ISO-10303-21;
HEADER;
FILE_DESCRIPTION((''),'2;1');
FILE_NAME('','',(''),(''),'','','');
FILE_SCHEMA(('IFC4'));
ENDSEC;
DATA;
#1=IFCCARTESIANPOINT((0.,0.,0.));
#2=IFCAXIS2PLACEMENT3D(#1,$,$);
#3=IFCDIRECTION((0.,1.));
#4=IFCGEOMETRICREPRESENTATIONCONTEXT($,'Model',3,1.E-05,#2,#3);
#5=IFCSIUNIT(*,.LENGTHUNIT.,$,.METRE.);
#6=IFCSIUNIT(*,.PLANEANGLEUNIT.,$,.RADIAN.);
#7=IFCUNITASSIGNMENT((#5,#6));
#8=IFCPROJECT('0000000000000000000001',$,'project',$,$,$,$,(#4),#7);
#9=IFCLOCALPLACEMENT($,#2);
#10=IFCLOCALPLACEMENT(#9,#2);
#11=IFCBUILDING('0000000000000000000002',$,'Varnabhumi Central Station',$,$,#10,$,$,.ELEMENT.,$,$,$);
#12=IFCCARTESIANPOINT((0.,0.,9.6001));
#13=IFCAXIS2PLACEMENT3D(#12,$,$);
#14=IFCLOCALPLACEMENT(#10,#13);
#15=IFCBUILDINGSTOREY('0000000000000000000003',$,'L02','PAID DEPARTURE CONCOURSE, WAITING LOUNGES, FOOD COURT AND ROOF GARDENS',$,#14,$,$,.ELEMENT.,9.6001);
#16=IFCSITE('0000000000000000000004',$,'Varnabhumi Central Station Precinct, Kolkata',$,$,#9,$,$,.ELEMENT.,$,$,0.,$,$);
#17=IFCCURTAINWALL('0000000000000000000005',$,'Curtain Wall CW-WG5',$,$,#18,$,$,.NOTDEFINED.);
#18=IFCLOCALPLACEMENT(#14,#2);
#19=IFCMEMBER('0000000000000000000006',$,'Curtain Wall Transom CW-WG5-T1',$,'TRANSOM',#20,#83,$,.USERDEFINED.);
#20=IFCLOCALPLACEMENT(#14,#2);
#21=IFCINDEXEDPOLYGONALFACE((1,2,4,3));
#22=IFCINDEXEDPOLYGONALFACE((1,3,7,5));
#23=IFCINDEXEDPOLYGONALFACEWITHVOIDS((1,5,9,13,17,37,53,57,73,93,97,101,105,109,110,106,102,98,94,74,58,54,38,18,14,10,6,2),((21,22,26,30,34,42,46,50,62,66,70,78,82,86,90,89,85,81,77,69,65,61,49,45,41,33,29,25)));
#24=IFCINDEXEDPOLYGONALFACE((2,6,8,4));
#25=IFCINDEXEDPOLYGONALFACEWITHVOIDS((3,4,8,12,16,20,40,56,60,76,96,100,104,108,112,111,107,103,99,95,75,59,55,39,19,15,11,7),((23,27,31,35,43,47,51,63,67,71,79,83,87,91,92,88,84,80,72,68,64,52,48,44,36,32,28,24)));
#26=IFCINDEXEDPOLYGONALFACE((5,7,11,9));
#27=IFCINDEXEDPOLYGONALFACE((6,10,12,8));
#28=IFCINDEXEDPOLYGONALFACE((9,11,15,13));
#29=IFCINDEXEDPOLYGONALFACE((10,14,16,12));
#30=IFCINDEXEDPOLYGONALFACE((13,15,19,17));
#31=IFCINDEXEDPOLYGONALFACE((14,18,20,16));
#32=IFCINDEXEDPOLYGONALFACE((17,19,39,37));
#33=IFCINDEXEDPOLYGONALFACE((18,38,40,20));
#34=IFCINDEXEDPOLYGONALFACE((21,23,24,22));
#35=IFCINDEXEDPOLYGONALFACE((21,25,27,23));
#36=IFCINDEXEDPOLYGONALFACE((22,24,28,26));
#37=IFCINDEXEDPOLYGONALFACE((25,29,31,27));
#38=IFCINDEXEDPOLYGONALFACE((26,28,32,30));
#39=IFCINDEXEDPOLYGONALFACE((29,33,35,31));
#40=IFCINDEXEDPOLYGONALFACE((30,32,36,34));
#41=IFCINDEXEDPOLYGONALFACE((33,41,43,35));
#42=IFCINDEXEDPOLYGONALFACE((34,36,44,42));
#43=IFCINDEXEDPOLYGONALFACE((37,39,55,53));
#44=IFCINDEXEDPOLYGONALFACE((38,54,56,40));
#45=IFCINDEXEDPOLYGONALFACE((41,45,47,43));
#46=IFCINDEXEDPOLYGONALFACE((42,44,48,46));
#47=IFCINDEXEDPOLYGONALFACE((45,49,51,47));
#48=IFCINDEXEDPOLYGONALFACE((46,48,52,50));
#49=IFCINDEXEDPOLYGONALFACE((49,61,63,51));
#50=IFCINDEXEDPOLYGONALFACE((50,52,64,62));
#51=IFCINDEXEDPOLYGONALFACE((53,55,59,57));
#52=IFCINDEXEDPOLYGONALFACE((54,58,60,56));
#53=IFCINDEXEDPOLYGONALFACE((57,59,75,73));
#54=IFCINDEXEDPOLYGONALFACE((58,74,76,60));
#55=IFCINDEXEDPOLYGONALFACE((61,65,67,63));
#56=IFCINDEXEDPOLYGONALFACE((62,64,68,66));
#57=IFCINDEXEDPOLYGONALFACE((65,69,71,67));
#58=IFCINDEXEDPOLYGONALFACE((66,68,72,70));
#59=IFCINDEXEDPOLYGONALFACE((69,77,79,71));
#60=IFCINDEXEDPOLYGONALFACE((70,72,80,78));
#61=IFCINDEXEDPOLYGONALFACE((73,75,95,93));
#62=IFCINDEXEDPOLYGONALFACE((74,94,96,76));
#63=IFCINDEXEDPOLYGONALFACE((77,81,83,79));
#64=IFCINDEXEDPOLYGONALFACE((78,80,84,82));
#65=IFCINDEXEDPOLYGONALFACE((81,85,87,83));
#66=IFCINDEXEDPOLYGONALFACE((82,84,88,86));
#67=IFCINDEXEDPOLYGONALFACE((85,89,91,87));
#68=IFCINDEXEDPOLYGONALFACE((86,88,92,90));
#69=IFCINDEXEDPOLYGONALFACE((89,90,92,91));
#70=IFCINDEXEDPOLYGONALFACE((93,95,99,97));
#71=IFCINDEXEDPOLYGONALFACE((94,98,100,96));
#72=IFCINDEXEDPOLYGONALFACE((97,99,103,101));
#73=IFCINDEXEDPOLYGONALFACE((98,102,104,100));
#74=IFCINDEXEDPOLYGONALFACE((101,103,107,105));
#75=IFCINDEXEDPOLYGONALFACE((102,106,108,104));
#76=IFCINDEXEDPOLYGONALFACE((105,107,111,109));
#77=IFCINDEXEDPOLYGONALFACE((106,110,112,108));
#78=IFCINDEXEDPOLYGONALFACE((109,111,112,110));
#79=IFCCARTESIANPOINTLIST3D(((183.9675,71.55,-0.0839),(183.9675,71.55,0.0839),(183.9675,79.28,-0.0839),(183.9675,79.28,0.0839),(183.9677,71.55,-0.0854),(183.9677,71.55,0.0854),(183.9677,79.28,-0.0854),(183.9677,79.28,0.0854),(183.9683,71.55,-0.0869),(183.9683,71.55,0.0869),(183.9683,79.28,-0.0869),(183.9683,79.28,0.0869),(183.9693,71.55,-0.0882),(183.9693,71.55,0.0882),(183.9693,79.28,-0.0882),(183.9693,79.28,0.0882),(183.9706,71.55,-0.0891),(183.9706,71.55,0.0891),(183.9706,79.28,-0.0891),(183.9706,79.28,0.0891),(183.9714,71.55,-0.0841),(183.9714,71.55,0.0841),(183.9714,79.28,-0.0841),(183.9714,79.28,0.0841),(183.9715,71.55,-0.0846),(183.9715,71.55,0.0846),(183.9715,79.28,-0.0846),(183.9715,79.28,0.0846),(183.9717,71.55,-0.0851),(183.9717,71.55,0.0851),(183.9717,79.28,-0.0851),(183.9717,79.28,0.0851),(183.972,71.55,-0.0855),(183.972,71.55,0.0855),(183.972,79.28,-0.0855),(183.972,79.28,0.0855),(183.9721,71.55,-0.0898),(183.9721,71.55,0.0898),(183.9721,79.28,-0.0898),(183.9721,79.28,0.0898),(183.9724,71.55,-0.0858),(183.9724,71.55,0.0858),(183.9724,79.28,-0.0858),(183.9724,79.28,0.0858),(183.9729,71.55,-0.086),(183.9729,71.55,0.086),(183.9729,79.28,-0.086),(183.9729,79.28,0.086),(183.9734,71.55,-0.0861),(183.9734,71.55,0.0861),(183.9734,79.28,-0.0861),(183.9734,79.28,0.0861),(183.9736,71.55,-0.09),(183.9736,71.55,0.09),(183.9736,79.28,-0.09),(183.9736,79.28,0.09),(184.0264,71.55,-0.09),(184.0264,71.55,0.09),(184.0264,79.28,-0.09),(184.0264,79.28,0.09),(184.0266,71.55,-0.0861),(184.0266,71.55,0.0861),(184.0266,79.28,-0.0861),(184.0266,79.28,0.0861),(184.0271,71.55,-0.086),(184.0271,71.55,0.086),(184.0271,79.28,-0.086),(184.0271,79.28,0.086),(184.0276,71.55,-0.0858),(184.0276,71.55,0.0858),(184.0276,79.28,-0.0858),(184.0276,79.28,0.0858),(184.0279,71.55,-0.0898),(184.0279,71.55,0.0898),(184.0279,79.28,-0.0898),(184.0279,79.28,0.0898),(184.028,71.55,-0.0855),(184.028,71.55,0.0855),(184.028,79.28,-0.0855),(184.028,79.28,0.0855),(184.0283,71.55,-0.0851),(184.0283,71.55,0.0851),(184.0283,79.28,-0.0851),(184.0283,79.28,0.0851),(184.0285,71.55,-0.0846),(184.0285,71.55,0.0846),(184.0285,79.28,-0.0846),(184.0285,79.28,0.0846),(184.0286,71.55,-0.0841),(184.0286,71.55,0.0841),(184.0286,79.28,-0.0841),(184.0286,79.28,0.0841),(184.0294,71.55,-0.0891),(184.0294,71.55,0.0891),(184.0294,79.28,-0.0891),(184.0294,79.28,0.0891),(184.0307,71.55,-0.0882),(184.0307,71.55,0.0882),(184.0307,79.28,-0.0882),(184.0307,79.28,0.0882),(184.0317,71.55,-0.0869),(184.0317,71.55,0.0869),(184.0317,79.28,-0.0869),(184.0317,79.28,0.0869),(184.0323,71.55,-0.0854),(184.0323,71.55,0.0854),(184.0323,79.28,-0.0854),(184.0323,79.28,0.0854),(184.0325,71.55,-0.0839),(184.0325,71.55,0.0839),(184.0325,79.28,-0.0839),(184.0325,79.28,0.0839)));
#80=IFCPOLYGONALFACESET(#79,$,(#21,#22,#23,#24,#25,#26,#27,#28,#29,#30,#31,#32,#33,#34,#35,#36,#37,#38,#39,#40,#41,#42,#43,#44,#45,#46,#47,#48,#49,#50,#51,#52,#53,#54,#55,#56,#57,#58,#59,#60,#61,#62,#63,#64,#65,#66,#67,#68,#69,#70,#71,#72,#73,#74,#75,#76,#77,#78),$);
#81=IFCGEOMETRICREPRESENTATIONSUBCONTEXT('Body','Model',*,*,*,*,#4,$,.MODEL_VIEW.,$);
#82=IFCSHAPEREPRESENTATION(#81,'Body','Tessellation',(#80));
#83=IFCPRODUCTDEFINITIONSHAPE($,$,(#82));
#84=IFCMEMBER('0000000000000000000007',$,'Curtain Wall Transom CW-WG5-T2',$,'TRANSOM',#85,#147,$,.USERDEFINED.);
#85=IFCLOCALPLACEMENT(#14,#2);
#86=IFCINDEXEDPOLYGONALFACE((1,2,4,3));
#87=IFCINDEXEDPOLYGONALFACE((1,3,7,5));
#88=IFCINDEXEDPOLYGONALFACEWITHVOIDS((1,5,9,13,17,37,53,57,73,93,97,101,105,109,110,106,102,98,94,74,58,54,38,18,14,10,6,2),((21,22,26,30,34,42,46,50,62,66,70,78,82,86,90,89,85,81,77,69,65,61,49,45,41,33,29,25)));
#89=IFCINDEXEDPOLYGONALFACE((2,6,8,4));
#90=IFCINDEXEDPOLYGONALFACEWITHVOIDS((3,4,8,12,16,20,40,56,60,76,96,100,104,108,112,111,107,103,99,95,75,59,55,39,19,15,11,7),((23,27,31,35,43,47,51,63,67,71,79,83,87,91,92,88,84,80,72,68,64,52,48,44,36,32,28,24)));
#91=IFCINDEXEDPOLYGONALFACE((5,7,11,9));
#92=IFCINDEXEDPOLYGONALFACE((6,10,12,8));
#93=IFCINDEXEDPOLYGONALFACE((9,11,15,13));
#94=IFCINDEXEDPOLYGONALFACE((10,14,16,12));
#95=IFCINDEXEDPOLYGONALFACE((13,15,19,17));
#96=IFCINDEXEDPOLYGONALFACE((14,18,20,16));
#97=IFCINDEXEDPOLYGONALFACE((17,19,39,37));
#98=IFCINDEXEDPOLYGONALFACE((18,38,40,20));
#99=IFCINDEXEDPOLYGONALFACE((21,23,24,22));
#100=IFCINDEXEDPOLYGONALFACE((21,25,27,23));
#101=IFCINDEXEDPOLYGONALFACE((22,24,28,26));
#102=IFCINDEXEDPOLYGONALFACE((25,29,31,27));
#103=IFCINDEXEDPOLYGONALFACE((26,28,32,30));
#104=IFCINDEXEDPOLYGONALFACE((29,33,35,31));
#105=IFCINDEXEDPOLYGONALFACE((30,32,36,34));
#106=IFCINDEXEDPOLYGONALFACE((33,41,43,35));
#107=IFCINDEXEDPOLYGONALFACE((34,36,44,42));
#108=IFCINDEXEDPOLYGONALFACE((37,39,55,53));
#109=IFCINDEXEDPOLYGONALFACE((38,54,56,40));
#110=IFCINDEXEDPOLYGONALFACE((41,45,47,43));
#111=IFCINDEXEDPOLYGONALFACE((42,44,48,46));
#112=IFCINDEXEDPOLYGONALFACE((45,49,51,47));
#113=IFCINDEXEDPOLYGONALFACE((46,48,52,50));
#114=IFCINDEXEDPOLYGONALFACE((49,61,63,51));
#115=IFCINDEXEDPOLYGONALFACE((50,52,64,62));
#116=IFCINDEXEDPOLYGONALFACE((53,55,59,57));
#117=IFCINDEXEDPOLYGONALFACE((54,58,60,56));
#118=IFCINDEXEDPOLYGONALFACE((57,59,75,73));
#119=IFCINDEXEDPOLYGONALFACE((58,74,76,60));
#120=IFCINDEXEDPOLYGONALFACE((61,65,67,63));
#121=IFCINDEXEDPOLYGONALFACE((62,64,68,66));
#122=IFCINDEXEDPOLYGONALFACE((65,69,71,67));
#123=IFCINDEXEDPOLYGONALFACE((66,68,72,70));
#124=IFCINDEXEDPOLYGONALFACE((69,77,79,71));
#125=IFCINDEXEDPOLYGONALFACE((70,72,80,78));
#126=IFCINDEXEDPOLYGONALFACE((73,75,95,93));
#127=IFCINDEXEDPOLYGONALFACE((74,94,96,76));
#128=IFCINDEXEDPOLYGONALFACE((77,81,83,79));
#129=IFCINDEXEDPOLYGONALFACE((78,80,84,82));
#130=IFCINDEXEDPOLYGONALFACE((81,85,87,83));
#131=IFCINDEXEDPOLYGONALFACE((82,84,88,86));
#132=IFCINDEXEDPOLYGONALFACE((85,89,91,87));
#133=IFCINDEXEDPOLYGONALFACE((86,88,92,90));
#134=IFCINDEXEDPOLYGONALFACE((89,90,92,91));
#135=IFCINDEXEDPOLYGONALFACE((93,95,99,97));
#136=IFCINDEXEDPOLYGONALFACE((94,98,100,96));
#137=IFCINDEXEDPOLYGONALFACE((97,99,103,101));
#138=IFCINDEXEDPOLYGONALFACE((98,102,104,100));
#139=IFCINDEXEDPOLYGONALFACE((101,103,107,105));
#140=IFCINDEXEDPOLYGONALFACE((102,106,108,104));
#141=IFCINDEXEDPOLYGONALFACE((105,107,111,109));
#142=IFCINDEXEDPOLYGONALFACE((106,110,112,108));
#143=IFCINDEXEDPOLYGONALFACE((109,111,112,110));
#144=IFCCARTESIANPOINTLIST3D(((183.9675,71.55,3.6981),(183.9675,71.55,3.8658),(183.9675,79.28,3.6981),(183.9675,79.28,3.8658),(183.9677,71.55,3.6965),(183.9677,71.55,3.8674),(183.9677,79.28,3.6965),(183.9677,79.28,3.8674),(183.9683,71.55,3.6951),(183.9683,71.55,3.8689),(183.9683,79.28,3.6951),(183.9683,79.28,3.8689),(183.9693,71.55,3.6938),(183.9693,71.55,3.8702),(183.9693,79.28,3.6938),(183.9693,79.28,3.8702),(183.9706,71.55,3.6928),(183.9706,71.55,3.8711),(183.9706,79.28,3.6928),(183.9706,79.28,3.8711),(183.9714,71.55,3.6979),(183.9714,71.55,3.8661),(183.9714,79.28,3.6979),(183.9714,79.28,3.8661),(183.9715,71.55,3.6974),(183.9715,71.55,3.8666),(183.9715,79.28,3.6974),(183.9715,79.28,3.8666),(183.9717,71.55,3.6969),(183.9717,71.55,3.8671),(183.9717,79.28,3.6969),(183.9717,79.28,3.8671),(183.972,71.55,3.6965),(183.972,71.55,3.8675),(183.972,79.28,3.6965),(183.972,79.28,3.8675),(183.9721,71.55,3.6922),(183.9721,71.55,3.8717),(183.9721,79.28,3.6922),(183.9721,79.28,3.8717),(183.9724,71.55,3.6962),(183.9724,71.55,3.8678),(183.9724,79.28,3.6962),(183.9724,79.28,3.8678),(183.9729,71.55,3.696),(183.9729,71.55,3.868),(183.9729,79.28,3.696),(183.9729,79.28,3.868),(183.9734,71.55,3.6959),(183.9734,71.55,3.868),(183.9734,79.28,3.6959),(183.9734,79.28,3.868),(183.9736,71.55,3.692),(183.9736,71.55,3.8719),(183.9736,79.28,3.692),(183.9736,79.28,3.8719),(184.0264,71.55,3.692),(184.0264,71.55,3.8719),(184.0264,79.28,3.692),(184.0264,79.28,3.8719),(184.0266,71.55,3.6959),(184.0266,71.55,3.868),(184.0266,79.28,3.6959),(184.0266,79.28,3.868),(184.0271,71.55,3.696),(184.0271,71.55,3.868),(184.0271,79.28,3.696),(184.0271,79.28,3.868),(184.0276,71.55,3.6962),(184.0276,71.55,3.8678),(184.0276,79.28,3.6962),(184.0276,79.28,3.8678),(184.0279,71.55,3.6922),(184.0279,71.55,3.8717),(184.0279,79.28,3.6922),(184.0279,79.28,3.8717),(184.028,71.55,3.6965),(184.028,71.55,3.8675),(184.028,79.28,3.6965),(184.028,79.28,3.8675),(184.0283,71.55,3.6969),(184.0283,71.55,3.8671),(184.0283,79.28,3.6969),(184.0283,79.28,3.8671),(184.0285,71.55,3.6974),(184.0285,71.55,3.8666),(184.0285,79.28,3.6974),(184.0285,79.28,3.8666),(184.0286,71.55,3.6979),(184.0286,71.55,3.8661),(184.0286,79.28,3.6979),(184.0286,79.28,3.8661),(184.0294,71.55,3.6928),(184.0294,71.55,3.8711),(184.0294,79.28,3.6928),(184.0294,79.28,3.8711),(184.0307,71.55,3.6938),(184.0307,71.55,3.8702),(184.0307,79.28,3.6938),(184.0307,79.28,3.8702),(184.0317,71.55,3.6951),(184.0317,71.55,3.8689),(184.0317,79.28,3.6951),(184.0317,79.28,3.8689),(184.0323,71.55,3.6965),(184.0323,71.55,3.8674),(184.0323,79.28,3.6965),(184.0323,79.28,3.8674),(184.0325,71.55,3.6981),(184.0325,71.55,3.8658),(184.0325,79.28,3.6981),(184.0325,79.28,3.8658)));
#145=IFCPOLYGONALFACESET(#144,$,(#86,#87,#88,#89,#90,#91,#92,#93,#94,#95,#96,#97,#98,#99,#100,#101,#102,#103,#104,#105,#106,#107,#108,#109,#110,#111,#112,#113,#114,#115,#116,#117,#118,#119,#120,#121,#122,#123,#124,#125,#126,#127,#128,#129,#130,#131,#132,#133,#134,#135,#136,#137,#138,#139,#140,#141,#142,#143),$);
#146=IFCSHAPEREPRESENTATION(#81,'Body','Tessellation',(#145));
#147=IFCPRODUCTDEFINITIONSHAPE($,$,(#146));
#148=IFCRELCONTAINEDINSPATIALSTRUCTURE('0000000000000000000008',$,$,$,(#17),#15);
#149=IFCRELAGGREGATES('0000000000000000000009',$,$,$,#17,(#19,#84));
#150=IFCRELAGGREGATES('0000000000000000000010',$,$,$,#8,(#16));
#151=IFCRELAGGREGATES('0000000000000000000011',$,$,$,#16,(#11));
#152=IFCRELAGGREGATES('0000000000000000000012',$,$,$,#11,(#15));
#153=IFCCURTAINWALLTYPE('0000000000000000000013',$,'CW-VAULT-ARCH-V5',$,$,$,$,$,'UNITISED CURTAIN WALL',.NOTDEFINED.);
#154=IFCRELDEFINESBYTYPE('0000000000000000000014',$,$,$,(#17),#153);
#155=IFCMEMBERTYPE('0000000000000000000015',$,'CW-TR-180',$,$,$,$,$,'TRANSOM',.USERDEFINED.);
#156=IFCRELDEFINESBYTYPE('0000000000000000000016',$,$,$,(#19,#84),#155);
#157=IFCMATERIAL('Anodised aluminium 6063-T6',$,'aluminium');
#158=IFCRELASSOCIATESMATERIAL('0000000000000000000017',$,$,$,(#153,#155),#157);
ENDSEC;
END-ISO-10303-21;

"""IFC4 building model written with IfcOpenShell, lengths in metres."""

from ifc_helpers import new_model, si_unit, direction, frame, origin, origin_2d, place, context, subcontext, project, spatial, hollow_rectangle, extrude, material, material_profile, profile_set, type_object, element, aggregate, save


model = new_model("IFC4")

# Units and contexts
model_context = context("Model", 3, precision=1e-05, world=origin(), true_north=direction((0.0, 1.0)))
body_context = subcontext(model_context, "Body", "Model", "MODEL_VIEW")
ifc_project = project(units=[si_unit("LENGTHUNIT", "METRE"), si_unit("PLANEANGLEUNIT", "RADIAN")], contexts=[model_context])

# Site, building, storey
site_placement = place(None, origin())
site = spatial("IfcSite", under=ifc_project, at=site_placement, Name="Varnabhumi Central Station Precinct, Kolkata", CompositionType="ELEMENT", RefElevation=0.0)
building_placement = place(site_placement, origin())
building = spatial("IfcBuilding", under=site, at=building_placement, Name="Varnabhumi Central Station", CompositionType="ELEMENT")
storey_placement = place(building_placement, frame((0.0, 0.0, 9.6001)))
storey = spatial("IfcBuildingStorey", under=building, at=storey_placement, Name="L02", Description="PAID DEPARTURE CONCOURSE, WAITING LOUNGES, FOOD COURT AND ROOF GARDENS", CompositionType="ELEMENT", Elevation=9.6001)

# Curtain wall, members
ifc_material_1 = material(Name="Anodised aluminium 6063-T6", Category="aluminium")
curtain_wall_type = type_object("IfcCurtainWallType", Name="CW-VAULT-ARCH-V5", ElementType="UNITISED CURTAIN WALL", PredefinedType="NOTDEFINED", material=ifc_material_1)
curtain_wall_1_placement = place(storey_placement, origin())
curtain_wall_1 = element("IfcCurtainWall", 1, at=curtain_wall_1_placement, inside=storey, type_object=curtain_wall_type, Name="Curtain Wall CW-WG5", PredefinedType="NOTDEFINED")
ifc_material_profile_1 = material_profile(ifc_material_1, hollow_rectangle(XDim=0.0649, YDim=0.1799, WallThickness=0.0039, InnerFilletRadius=0.002, OuterFilletRadius=0.0061, at=origin_2d()), Name="Anodised aluminium 6063-T6", Category="aluminium")
ifc_profile_set_1 = profile_set([ifc_material_profile_1], Name="Anodised aluminium 6063-T6")
member_type_1 = type_object("IfcMemberType", Name="CW-TR-180", ElementType="TRANSOM", PredefinedType="USERDEFINED", material=ifc_profile_set_1)
member_1_placement = place(storey_placement, frame((184.0, 71.55, 0.0), z_axis=(0.0, 1.0, 0.0), x_axis=(-1.0, 0.0, 0.0)))
member_1 = element("IfcMember", 2, at=member_1_placement, type_object=member_type_1, Name="Curtain Wall Transom CW-WG5-T1", ObjectType="TRANSOM", PredefinedType="USERDEFINED", context=body_context, shape_type="SweptSolid", body=[
    extrude(hollow_rectangle(XDim=0.0649, YDim=0.1799, WallThickness=0.0039, InnerFilletRadius=0.002, OuterFilletRadius=0.0061, at=origin_2d()), origin(), (0.0, 0.0, 1.0), 7.73),
])
member_2_placement = place(storey_placement, frame((184.0, 71.55, 3.782), z_axis=(0.0, 1.0, 0.0), x_axis=(-1.0, 0.0, 0.0)))
member_2 = element("IfcMember", 3, at=member_2_placement, type_object=member_type_1, Name="Curtain Wall Transom CW-WG5-T2", ObjectType="TRANSOM", PredefinedType="USERDEFINED", context=body_context, shape_type="SweptSolid", body=[
    extrude(hollow_rectangle(XDim=0.0649, YDim=0.1799, WallThickness=0.0039, InnerFilletRadius=0.002, OuterFilletRadius=0.0061, at=origin_2d()), origin(), (0.0, 0.0, 1.0), 7.73),
])

aggregate(curtain_wall_1, [member_1, member_2])

save(model, "model.ifc")
